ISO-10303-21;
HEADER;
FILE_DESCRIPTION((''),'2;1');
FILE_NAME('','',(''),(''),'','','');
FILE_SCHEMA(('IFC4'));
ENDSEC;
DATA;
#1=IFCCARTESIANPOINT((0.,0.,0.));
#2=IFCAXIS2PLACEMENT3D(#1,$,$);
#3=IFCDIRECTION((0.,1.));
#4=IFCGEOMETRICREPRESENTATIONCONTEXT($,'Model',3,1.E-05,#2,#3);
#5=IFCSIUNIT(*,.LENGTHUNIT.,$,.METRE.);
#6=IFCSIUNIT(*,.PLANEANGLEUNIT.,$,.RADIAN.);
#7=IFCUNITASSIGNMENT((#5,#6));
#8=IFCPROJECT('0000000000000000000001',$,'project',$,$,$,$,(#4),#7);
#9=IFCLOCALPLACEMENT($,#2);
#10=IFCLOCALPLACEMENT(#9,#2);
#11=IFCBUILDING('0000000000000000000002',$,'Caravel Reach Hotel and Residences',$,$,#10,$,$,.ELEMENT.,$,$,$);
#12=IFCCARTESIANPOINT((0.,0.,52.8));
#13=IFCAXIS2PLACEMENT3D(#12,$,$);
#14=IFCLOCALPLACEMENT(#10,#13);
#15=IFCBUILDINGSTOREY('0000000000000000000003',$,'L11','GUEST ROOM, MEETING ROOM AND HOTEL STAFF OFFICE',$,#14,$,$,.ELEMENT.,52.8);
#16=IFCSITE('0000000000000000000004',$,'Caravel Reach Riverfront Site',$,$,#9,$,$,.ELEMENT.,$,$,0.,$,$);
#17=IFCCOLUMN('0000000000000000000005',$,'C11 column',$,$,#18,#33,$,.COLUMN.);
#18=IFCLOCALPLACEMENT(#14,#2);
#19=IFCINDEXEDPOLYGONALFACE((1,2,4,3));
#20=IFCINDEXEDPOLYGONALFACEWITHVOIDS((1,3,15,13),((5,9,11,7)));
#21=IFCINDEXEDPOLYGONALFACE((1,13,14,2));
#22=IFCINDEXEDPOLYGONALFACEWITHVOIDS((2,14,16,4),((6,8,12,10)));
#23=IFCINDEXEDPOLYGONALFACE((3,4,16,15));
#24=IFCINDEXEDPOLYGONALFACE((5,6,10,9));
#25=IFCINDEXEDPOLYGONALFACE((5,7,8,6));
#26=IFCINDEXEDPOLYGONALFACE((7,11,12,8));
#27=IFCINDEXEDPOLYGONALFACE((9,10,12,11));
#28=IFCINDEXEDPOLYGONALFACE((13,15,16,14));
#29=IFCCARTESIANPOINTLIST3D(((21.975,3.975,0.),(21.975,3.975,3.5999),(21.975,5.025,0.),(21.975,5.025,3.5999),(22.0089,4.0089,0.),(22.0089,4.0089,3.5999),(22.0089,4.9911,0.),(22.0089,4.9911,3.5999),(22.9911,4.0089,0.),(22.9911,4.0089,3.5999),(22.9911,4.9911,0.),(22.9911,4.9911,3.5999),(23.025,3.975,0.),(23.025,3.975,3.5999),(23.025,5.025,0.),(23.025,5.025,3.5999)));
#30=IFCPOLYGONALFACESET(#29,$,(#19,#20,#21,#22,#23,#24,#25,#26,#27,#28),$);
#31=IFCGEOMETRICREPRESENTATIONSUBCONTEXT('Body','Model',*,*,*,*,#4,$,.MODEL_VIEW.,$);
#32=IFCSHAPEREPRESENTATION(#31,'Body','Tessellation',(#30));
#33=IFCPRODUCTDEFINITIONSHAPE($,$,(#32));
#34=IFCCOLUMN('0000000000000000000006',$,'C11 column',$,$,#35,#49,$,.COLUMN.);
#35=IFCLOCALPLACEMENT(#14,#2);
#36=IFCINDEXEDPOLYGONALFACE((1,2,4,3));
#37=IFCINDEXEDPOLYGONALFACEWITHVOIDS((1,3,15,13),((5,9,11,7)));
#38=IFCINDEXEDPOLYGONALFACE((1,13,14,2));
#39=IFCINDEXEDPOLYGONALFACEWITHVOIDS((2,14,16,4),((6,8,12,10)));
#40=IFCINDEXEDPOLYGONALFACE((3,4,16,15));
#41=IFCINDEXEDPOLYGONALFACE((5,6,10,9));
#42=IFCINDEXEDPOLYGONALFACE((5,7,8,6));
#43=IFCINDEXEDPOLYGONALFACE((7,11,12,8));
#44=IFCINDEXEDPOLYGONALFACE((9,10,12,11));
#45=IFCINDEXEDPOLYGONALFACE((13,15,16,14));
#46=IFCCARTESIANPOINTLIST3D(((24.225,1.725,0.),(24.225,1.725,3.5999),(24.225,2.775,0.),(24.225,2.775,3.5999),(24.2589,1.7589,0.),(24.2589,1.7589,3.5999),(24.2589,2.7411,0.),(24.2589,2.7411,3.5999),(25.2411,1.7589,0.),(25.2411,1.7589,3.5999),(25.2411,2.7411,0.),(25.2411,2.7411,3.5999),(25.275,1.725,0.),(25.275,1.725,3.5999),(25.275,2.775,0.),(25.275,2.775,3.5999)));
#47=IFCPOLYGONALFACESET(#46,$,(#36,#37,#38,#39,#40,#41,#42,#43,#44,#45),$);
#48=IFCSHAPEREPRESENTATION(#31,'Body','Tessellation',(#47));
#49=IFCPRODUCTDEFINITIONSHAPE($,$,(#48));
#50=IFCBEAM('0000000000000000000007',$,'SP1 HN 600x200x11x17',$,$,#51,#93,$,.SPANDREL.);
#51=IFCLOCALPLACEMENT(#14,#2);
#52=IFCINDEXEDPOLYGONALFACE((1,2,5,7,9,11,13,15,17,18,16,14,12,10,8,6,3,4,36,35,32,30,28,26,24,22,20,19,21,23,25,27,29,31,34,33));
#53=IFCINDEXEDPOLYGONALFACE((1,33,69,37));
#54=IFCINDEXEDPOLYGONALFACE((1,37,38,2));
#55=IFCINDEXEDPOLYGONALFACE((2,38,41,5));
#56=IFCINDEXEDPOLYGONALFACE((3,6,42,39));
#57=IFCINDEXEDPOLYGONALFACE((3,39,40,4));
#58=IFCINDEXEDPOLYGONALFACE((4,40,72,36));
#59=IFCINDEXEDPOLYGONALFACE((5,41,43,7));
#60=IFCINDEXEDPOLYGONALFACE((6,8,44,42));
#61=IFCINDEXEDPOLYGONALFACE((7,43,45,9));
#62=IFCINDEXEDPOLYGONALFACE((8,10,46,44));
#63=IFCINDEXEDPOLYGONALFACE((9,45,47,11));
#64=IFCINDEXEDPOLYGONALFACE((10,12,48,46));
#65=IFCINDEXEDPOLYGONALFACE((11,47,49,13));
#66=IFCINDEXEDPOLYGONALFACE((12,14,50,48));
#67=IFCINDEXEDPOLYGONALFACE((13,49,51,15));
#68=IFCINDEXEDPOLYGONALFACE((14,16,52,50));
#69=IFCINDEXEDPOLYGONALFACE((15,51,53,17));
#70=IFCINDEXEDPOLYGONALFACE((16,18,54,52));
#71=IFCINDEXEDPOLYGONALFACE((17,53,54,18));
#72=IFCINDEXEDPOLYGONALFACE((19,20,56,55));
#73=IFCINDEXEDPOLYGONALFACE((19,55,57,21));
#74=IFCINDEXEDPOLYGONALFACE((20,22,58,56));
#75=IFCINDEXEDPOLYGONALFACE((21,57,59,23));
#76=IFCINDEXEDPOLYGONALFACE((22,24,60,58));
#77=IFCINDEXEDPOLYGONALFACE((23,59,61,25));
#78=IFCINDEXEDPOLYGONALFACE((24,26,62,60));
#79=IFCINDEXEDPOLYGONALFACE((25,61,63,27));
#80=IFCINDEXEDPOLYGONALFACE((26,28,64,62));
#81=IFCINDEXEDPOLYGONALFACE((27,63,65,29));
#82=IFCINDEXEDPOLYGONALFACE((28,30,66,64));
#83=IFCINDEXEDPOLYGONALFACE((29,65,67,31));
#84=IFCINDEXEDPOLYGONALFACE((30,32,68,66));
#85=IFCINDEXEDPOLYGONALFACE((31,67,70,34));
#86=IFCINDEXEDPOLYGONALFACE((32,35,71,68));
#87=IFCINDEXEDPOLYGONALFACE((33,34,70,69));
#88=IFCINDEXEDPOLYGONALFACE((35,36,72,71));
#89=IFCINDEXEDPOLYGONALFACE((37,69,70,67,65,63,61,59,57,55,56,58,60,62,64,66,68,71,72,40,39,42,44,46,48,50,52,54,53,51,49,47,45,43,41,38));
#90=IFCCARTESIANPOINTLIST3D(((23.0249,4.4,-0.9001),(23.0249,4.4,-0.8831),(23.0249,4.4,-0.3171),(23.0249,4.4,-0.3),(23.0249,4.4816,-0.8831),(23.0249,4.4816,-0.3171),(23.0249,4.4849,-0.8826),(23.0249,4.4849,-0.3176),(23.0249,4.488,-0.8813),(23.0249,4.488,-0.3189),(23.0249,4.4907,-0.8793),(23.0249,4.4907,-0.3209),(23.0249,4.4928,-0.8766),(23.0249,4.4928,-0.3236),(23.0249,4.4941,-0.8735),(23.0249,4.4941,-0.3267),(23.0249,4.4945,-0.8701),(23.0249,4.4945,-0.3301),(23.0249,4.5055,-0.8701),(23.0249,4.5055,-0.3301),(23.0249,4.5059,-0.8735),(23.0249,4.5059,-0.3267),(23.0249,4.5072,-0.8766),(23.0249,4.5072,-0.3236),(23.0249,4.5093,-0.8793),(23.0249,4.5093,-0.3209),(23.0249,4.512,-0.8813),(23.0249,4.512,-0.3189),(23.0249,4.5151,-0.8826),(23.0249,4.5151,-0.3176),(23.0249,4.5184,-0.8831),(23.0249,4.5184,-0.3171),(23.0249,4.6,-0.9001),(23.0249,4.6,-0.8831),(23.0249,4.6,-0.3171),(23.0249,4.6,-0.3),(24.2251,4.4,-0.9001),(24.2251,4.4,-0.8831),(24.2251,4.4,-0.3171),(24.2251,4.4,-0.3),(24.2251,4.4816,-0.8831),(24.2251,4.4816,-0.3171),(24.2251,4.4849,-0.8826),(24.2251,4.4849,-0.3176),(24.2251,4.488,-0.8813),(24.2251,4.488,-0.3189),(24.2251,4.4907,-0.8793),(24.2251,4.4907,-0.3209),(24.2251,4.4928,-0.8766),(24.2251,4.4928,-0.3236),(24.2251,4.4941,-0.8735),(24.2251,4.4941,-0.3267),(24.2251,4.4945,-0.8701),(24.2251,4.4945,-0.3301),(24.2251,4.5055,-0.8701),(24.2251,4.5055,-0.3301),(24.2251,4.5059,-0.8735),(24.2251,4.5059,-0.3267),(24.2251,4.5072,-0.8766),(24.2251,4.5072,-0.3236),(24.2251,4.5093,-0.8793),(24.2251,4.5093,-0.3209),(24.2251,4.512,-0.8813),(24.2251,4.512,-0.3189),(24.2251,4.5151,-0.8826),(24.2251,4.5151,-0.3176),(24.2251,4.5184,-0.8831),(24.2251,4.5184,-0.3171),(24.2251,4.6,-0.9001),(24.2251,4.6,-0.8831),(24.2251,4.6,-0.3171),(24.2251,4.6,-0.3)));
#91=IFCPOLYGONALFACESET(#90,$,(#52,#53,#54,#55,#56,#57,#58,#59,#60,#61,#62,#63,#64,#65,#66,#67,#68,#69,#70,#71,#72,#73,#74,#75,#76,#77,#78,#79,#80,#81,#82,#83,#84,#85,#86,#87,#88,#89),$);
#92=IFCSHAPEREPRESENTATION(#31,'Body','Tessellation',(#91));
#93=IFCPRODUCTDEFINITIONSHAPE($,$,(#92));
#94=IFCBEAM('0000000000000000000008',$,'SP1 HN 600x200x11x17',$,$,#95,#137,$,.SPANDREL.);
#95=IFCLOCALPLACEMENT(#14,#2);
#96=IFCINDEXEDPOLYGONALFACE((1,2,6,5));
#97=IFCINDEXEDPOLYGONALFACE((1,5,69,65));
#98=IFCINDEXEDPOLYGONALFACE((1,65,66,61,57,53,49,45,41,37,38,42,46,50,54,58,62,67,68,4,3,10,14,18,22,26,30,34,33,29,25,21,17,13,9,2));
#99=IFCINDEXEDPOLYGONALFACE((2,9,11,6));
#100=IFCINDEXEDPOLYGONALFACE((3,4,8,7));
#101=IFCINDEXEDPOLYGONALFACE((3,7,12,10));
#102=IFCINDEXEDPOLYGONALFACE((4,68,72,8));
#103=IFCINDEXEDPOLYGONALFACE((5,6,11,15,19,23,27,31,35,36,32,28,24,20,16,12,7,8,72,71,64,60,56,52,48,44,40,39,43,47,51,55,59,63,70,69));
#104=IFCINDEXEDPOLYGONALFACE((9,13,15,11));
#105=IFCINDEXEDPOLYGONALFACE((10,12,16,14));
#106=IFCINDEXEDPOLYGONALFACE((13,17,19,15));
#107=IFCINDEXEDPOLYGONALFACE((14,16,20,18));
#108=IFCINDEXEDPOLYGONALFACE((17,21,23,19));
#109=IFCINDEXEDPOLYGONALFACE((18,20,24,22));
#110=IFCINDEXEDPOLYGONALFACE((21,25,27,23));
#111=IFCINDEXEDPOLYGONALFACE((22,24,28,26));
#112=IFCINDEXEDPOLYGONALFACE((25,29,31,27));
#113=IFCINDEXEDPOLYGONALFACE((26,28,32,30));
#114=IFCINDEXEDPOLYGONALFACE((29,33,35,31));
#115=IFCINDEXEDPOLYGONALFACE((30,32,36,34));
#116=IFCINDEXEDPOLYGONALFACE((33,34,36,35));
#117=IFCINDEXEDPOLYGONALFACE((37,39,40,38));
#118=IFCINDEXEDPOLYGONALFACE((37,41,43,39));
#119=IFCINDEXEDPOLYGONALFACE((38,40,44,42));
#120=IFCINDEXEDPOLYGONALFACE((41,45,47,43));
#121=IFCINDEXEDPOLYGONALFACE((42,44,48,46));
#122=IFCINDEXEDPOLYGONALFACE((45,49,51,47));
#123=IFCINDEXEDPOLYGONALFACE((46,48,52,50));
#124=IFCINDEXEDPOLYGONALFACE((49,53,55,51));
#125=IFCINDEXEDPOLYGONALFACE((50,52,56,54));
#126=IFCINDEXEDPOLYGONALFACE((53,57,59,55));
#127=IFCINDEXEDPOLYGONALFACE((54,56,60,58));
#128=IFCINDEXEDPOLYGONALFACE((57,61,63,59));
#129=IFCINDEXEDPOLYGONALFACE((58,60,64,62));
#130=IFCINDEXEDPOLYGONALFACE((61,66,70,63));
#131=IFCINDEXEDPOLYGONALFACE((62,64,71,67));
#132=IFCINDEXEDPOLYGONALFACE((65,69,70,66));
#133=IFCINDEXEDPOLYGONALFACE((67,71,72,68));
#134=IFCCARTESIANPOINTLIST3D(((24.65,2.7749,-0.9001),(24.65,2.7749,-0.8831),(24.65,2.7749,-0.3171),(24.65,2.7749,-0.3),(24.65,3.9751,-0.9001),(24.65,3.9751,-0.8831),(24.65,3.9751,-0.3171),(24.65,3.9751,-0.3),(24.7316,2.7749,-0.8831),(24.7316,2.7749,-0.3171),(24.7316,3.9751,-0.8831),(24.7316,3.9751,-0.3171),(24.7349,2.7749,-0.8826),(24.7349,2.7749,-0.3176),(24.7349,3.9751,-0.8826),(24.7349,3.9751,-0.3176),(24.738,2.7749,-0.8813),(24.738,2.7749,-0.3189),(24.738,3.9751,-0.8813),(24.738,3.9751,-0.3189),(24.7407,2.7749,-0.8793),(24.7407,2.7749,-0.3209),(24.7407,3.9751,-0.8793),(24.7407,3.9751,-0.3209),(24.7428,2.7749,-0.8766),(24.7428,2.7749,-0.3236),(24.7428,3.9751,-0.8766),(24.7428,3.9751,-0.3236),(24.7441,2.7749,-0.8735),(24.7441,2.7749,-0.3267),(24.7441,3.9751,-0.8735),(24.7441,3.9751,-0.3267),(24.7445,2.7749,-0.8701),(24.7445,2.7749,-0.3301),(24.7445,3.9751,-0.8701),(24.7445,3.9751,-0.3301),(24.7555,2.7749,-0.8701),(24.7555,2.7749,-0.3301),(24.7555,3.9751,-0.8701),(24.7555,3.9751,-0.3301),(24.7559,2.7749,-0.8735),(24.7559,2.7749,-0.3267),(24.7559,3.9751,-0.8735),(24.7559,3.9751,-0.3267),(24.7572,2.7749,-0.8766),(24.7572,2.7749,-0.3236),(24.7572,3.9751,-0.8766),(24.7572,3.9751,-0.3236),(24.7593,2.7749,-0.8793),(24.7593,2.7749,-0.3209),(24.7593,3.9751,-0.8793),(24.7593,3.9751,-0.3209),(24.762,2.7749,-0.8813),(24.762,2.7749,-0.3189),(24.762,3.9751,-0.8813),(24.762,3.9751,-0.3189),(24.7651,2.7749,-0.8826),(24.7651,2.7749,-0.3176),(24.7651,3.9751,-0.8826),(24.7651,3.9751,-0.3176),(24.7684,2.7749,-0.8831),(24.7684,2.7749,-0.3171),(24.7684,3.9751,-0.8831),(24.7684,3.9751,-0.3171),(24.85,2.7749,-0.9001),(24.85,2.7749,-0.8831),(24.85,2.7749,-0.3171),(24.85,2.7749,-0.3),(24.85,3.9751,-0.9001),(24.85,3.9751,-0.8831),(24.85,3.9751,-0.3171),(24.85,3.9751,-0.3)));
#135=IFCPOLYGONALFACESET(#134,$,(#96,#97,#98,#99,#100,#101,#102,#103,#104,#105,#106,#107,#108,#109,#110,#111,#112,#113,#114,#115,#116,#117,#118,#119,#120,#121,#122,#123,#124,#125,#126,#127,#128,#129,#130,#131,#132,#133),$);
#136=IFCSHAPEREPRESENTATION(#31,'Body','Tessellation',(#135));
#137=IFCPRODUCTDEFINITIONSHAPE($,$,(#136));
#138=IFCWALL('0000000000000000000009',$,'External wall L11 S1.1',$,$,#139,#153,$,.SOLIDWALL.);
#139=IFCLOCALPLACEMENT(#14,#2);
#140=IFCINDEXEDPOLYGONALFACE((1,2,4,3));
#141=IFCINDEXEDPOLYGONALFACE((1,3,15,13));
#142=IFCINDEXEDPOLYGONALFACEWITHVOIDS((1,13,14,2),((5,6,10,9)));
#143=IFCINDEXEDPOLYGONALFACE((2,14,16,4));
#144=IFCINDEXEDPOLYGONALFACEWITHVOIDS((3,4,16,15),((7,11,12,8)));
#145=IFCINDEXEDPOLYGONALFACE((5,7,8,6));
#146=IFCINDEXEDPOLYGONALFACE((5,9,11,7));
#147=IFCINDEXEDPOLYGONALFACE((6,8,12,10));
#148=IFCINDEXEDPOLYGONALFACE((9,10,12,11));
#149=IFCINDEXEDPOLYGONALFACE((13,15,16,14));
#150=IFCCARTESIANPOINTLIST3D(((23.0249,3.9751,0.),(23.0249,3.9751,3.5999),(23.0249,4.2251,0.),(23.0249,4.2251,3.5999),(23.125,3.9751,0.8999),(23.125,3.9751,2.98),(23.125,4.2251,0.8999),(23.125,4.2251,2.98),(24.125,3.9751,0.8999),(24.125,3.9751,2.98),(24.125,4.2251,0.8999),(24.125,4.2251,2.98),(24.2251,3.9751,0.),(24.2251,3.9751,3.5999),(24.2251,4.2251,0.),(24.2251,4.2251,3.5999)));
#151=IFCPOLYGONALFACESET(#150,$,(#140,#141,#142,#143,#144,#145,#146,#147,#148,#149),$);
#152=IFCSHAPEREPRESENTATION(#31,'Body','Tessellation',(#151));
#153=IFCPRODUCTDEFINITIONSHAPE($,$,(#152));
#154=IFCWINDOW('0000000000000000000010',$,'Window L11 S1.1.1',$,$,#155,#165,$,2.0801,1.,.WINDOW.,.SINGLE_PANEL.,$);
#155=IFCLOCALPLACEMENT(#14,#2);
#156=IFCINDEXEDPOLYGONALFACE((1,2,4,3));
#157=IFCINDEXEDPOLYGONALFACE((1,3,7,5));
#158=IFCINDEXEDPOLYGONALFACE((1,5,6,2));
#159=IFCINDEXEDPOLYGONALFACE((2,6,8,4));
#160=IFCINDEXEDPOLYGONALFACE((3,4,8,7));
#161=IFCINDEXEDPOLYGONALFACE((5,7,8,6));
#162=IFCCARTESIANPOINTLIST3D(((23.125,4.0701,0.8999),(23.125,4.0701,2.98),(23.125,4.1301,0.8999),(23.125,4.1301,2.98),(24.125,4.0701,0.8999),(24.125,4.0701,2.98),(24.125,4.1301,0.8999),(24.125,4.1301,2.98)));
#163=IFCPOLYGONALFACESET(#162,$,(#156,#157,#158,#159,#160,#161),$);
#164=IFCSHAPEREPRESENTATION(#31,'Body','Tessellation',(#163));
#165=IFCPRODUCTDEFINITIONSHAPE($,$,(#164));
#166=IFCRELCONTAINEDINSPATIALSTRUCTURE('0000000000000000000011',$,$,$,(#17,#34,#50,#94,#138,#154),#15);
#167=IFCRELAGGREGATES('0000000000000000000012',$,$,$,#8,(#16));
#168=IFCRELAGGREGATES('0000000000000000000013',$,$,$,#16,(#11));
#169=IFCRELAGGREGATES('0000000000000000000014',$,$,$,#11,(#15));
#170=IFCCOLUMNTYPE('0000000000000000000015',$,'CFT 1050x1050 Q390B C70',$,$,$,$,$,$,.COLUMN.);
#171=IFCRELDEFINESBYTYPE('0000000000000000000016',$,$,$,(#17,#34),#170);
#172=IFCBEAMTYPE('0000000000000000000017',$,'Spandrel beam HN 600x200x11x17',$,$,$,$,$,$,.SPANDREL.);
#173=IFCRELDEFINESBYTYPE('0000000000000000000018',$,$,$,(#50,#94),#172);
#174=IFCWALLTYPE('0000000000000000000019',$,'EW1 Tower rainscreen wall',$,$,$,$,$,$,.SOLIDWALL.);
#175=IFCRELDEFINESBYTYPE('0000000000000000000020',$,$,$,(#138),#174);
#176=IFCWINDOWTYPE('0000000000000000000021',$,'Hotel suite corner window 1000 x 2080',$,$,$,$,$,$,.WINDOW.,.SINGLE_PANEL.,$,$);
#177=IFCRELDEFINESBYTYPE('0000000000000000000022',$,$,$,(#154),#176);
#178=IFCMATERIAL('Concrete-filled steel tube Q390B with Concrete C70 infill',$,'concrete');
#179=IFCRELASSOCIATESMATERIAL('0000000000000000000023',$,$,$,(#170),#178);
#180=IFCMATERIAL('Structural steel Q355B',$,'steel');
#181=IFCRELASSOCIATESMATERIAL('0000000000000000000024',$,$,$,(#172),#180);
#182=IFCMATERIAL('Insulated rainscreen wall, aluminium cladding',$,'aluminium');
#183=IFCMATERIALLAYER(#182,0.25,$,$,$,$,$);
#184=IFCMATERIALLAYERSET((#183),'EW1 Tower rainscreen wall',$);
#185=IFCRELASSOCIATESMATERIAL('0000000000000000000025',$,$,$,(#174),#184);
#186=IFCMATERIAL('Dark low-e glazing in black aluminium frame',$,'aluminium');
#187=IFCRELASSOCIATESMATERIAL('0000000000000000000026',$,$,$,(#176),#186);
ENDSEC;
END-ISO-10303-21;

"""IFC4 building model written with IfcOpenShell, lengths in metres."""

from ifc_helpers import new_model, si_unit, direction, frame, frame_2d, origin, origin_2d, place, context, subcontext, project, spatial, rectangle, hollow_rectangle, i_section, extrude, material, layer, layer_set, material_profile, profile_set, type_object, element, fill, save


model = new_model("IFC4")

# Units and contexts
model_context = context("Model", 3, precision=1e-05, world=origin(), true_north=direction((0.0, 1.0)))
body_context = subcontext(model_context, "Body", "Model", "MODEL_VIEW")
ifc_project = project(units=[si_unit("LENGTHUNIT", "METRE"), si_unit("PLANEANGLEUNIT", "RADIAN")], contexts=[model_context])

# Site, building, storey
site_placement = place(None, origin())
site = spatial("IfcSite", under=ifc_project, at=site_placement, Name="Caravel Reach Riverfront Site", CompositionType="ELEMENT", RefElevation=0.0)
building_placement = place(site_placement, origin())
building = spatial("IfcBuilding", under=site, at=building_placement, Name="Caravel Reach Hotel and Residences", CompositionType="ELEMENT")
storey_placement = place(building_placement, frame((0.0, 0.0, 52.8)))
storey = spatial("IfcBuildingStorey", under=building, at=storey_placement, Name="L11", Description="GUEST ROOM, MEETING ROOM AND HOTEL STAFF OFFICE", CompositionType="ELEMENT", Elevation=52.8)

# Columns
ifc_material_1 = material(Name="Concrete-filled steel tube Q390B with Concrete C70 infill", Category="concrete")
ifc_material_profile_1 = material_profile(ifc_material_1, hollow_rectangle(XDim=1.05, YDim=1.05, WallThickness=0.0339, at=origin_2d()), Name="RHS 1050x1050x34")
ifc_profile_set_1 = profile_set([ifc_material_profile_1], Name="Concrete-filled steel tube Q390B with Concrete C70 infill")
column_type = type_object("IfcColumnType", Name="CFT 1050x1050 Q390B C70", PredefinedType="COLUMN", material=ifc_profile_set_1)
for number, where, z_axis, x_axis, name in (
    (1, (22.5, 4.5, 0.0), (0.0, 0.0, 1.0), (1.0, 0.0, 0.0), "C11 column"),
    (2, (24.75, 2.25, 0.0), (0.0, 0.0, 1.0), (1.0, 0.0, 0.0), "C11 column"),
):
    element("IfcColumn", number, at=place(storey_placement, frame(where, z_axis=z_axis, x_axis=x_axis)), inside=storey, type_object=column_type, Name=name, PredefinedType="COLUMN", context=body_context, shape_type="SweptSolid", body=[
        extrude(hollow_rectangle(XDim=1.05, YDim=1.05, WallThickness=0.0339, at=origin_2d()), origin(), (0.0, 0.0, 1.0), 3.5999),
    ])

# Beams
ifc_material_2 = material(Name="Structural steel Q355B", Category="steel")
ifc_material_profile_2 = material_profile(ifc_material_2, i_section(OverallWidth=0.2, OverallDepth=0.6001, WebThickness=0.011, FlangeThickness=0.0171, FilletRadius=0.0129, at=origin_2d()), Name="HN 600x200x11x17")
ifc_profile_set_2 = profile_set([ifc_material_profile_2], Name="Structural steel Q355B")
beam_type = type_object("IfcBeamType", Name="Spandrel beam HN 600x200x11x17", PredefinedType="SPANDREL", material=ifc_profile_set_2)
for number, where, z_axis, x_axis, name in (
    (3, (23.0249, 4.5, -0.6001), (1.0, 0.0, 0.0), (0.0, 1.0, 0.0), "SP1 HN 600x200x11x17"),
    (4, (24.75, 3.9751, -0.6001), (0.0, -1.0, 0.0), (1.0, 0.0, 0.0), "SP1 HN 600x200x11x17"),
):
    element("IfcBeam", number, at=place(storey_placement, frame(where, z_axis=z_axis, x_axis=x_axis)), inside=storey, type_object=beam_type, Name=name, PredefinedType="SPANDREL", context=body_context, shape_type="SweptSolid", body=[
        extrude(i_section(OverallWidth=0.2, OverallDepth=0.6001, WebThickness=0.011, FlangeThickness=0.0171, FilletRadius=0.0129, at=origin_2d()), origin(), (0.0, 0.0, 1.0), 1.2002),
    ])

# Wall, opening, window
ifc_material_3 = material(Name="Insulated rainscreen wall, aluminium cladding", Category="aluminium")
ifc_layer_1 = layer(ifc_material_3, 0.25)
ifc_layer_set_1 = layer_set([ifc_layer_1], Name="EW1 Tower rainscreen wall")
wall_type_1 = type_object("IfcWallType", Name="EW1 Tower rainscreen wall", PredefinedType="SOLIDWALL", material=ifc_layer_set_1)
wall_1_placement = place(storey_placement, frame((23.0249, 4.1001, 0.0), z_axis=(0.0, 0.0, 1.0), x_axis=(1.0, 0.0, 0.0)))
wall_1 = element("IfcWall", 5, at=wall_1_placement, inside=storey, type_object=wall_type_1, Name="External wall L11 S1.1", PredefinedType="SOLIDWALL", context=body_context, shape_type="SweptSolid", body=[
    extrude(rectangle(XDim=1.2002, YDim=0.25, at=frame_2d((0.6001, 0.0))), origin(), (0.0, 0.0, 1.0), 3.5999),
])
opening_1_placement = place(wall_1_placement, frame((0.1001, 0.0, 0.8999)))
opening_1 = element("IfcOpeningElement", 6, at=opening_1_placement, cuts=wall_1, PredefinedType="OPENING", context=body_context, shape_type="SweptSolid", body=[
    extrude(rectangle(XDim=1.0, YDim=2.0801, at=frame_2d((0.5, 1.04))), frame((0.0, 0.135, 0.0), z_axis=(0.0, -1.0, 0.0), x_axis=(1.0, 0.0, 0.0)), (0.0, 0.0, 1.0), 0.27),
])
ifc_material_4 = material(Name="Dark low-e glazing in black aluminium frame", Category="aluminium")
window_type = type_object("IfcWindowType", Name="Hotel suite corner window 1000 x 2080", PartitioningType="SINGLE_PANEL", PredefinedType="WINDOW", material=ifc_material_4)
window_1_placement = place(opening_1_placement, origin())
window_1 = element("IfcWindow", 7, at=window_1_placement, inside=storey, type_object=window_type, Name="Window L11 S1.1.1", OverallHeight=2.0801, OverallWidth=1.0, PartitioningType="SINGLE_PANEL", PredefinedType="WINDOW", context=body_context, shape_type="SweptSolid", body=[
    extrude(rectangle(XDim=1.0, YDim=2.0801, at=frame_2d((0.5, 1.04))), frame((0.0, 0.03, 0.0), z_axis=(0.0, -1.0, 0.0), x_axis=(1.0, 0.0, 0.0)), (0.0, 0.0, 1.0), 0.0601),
])
fill(opening_1, window_1)

save(model, "model.ifc")
